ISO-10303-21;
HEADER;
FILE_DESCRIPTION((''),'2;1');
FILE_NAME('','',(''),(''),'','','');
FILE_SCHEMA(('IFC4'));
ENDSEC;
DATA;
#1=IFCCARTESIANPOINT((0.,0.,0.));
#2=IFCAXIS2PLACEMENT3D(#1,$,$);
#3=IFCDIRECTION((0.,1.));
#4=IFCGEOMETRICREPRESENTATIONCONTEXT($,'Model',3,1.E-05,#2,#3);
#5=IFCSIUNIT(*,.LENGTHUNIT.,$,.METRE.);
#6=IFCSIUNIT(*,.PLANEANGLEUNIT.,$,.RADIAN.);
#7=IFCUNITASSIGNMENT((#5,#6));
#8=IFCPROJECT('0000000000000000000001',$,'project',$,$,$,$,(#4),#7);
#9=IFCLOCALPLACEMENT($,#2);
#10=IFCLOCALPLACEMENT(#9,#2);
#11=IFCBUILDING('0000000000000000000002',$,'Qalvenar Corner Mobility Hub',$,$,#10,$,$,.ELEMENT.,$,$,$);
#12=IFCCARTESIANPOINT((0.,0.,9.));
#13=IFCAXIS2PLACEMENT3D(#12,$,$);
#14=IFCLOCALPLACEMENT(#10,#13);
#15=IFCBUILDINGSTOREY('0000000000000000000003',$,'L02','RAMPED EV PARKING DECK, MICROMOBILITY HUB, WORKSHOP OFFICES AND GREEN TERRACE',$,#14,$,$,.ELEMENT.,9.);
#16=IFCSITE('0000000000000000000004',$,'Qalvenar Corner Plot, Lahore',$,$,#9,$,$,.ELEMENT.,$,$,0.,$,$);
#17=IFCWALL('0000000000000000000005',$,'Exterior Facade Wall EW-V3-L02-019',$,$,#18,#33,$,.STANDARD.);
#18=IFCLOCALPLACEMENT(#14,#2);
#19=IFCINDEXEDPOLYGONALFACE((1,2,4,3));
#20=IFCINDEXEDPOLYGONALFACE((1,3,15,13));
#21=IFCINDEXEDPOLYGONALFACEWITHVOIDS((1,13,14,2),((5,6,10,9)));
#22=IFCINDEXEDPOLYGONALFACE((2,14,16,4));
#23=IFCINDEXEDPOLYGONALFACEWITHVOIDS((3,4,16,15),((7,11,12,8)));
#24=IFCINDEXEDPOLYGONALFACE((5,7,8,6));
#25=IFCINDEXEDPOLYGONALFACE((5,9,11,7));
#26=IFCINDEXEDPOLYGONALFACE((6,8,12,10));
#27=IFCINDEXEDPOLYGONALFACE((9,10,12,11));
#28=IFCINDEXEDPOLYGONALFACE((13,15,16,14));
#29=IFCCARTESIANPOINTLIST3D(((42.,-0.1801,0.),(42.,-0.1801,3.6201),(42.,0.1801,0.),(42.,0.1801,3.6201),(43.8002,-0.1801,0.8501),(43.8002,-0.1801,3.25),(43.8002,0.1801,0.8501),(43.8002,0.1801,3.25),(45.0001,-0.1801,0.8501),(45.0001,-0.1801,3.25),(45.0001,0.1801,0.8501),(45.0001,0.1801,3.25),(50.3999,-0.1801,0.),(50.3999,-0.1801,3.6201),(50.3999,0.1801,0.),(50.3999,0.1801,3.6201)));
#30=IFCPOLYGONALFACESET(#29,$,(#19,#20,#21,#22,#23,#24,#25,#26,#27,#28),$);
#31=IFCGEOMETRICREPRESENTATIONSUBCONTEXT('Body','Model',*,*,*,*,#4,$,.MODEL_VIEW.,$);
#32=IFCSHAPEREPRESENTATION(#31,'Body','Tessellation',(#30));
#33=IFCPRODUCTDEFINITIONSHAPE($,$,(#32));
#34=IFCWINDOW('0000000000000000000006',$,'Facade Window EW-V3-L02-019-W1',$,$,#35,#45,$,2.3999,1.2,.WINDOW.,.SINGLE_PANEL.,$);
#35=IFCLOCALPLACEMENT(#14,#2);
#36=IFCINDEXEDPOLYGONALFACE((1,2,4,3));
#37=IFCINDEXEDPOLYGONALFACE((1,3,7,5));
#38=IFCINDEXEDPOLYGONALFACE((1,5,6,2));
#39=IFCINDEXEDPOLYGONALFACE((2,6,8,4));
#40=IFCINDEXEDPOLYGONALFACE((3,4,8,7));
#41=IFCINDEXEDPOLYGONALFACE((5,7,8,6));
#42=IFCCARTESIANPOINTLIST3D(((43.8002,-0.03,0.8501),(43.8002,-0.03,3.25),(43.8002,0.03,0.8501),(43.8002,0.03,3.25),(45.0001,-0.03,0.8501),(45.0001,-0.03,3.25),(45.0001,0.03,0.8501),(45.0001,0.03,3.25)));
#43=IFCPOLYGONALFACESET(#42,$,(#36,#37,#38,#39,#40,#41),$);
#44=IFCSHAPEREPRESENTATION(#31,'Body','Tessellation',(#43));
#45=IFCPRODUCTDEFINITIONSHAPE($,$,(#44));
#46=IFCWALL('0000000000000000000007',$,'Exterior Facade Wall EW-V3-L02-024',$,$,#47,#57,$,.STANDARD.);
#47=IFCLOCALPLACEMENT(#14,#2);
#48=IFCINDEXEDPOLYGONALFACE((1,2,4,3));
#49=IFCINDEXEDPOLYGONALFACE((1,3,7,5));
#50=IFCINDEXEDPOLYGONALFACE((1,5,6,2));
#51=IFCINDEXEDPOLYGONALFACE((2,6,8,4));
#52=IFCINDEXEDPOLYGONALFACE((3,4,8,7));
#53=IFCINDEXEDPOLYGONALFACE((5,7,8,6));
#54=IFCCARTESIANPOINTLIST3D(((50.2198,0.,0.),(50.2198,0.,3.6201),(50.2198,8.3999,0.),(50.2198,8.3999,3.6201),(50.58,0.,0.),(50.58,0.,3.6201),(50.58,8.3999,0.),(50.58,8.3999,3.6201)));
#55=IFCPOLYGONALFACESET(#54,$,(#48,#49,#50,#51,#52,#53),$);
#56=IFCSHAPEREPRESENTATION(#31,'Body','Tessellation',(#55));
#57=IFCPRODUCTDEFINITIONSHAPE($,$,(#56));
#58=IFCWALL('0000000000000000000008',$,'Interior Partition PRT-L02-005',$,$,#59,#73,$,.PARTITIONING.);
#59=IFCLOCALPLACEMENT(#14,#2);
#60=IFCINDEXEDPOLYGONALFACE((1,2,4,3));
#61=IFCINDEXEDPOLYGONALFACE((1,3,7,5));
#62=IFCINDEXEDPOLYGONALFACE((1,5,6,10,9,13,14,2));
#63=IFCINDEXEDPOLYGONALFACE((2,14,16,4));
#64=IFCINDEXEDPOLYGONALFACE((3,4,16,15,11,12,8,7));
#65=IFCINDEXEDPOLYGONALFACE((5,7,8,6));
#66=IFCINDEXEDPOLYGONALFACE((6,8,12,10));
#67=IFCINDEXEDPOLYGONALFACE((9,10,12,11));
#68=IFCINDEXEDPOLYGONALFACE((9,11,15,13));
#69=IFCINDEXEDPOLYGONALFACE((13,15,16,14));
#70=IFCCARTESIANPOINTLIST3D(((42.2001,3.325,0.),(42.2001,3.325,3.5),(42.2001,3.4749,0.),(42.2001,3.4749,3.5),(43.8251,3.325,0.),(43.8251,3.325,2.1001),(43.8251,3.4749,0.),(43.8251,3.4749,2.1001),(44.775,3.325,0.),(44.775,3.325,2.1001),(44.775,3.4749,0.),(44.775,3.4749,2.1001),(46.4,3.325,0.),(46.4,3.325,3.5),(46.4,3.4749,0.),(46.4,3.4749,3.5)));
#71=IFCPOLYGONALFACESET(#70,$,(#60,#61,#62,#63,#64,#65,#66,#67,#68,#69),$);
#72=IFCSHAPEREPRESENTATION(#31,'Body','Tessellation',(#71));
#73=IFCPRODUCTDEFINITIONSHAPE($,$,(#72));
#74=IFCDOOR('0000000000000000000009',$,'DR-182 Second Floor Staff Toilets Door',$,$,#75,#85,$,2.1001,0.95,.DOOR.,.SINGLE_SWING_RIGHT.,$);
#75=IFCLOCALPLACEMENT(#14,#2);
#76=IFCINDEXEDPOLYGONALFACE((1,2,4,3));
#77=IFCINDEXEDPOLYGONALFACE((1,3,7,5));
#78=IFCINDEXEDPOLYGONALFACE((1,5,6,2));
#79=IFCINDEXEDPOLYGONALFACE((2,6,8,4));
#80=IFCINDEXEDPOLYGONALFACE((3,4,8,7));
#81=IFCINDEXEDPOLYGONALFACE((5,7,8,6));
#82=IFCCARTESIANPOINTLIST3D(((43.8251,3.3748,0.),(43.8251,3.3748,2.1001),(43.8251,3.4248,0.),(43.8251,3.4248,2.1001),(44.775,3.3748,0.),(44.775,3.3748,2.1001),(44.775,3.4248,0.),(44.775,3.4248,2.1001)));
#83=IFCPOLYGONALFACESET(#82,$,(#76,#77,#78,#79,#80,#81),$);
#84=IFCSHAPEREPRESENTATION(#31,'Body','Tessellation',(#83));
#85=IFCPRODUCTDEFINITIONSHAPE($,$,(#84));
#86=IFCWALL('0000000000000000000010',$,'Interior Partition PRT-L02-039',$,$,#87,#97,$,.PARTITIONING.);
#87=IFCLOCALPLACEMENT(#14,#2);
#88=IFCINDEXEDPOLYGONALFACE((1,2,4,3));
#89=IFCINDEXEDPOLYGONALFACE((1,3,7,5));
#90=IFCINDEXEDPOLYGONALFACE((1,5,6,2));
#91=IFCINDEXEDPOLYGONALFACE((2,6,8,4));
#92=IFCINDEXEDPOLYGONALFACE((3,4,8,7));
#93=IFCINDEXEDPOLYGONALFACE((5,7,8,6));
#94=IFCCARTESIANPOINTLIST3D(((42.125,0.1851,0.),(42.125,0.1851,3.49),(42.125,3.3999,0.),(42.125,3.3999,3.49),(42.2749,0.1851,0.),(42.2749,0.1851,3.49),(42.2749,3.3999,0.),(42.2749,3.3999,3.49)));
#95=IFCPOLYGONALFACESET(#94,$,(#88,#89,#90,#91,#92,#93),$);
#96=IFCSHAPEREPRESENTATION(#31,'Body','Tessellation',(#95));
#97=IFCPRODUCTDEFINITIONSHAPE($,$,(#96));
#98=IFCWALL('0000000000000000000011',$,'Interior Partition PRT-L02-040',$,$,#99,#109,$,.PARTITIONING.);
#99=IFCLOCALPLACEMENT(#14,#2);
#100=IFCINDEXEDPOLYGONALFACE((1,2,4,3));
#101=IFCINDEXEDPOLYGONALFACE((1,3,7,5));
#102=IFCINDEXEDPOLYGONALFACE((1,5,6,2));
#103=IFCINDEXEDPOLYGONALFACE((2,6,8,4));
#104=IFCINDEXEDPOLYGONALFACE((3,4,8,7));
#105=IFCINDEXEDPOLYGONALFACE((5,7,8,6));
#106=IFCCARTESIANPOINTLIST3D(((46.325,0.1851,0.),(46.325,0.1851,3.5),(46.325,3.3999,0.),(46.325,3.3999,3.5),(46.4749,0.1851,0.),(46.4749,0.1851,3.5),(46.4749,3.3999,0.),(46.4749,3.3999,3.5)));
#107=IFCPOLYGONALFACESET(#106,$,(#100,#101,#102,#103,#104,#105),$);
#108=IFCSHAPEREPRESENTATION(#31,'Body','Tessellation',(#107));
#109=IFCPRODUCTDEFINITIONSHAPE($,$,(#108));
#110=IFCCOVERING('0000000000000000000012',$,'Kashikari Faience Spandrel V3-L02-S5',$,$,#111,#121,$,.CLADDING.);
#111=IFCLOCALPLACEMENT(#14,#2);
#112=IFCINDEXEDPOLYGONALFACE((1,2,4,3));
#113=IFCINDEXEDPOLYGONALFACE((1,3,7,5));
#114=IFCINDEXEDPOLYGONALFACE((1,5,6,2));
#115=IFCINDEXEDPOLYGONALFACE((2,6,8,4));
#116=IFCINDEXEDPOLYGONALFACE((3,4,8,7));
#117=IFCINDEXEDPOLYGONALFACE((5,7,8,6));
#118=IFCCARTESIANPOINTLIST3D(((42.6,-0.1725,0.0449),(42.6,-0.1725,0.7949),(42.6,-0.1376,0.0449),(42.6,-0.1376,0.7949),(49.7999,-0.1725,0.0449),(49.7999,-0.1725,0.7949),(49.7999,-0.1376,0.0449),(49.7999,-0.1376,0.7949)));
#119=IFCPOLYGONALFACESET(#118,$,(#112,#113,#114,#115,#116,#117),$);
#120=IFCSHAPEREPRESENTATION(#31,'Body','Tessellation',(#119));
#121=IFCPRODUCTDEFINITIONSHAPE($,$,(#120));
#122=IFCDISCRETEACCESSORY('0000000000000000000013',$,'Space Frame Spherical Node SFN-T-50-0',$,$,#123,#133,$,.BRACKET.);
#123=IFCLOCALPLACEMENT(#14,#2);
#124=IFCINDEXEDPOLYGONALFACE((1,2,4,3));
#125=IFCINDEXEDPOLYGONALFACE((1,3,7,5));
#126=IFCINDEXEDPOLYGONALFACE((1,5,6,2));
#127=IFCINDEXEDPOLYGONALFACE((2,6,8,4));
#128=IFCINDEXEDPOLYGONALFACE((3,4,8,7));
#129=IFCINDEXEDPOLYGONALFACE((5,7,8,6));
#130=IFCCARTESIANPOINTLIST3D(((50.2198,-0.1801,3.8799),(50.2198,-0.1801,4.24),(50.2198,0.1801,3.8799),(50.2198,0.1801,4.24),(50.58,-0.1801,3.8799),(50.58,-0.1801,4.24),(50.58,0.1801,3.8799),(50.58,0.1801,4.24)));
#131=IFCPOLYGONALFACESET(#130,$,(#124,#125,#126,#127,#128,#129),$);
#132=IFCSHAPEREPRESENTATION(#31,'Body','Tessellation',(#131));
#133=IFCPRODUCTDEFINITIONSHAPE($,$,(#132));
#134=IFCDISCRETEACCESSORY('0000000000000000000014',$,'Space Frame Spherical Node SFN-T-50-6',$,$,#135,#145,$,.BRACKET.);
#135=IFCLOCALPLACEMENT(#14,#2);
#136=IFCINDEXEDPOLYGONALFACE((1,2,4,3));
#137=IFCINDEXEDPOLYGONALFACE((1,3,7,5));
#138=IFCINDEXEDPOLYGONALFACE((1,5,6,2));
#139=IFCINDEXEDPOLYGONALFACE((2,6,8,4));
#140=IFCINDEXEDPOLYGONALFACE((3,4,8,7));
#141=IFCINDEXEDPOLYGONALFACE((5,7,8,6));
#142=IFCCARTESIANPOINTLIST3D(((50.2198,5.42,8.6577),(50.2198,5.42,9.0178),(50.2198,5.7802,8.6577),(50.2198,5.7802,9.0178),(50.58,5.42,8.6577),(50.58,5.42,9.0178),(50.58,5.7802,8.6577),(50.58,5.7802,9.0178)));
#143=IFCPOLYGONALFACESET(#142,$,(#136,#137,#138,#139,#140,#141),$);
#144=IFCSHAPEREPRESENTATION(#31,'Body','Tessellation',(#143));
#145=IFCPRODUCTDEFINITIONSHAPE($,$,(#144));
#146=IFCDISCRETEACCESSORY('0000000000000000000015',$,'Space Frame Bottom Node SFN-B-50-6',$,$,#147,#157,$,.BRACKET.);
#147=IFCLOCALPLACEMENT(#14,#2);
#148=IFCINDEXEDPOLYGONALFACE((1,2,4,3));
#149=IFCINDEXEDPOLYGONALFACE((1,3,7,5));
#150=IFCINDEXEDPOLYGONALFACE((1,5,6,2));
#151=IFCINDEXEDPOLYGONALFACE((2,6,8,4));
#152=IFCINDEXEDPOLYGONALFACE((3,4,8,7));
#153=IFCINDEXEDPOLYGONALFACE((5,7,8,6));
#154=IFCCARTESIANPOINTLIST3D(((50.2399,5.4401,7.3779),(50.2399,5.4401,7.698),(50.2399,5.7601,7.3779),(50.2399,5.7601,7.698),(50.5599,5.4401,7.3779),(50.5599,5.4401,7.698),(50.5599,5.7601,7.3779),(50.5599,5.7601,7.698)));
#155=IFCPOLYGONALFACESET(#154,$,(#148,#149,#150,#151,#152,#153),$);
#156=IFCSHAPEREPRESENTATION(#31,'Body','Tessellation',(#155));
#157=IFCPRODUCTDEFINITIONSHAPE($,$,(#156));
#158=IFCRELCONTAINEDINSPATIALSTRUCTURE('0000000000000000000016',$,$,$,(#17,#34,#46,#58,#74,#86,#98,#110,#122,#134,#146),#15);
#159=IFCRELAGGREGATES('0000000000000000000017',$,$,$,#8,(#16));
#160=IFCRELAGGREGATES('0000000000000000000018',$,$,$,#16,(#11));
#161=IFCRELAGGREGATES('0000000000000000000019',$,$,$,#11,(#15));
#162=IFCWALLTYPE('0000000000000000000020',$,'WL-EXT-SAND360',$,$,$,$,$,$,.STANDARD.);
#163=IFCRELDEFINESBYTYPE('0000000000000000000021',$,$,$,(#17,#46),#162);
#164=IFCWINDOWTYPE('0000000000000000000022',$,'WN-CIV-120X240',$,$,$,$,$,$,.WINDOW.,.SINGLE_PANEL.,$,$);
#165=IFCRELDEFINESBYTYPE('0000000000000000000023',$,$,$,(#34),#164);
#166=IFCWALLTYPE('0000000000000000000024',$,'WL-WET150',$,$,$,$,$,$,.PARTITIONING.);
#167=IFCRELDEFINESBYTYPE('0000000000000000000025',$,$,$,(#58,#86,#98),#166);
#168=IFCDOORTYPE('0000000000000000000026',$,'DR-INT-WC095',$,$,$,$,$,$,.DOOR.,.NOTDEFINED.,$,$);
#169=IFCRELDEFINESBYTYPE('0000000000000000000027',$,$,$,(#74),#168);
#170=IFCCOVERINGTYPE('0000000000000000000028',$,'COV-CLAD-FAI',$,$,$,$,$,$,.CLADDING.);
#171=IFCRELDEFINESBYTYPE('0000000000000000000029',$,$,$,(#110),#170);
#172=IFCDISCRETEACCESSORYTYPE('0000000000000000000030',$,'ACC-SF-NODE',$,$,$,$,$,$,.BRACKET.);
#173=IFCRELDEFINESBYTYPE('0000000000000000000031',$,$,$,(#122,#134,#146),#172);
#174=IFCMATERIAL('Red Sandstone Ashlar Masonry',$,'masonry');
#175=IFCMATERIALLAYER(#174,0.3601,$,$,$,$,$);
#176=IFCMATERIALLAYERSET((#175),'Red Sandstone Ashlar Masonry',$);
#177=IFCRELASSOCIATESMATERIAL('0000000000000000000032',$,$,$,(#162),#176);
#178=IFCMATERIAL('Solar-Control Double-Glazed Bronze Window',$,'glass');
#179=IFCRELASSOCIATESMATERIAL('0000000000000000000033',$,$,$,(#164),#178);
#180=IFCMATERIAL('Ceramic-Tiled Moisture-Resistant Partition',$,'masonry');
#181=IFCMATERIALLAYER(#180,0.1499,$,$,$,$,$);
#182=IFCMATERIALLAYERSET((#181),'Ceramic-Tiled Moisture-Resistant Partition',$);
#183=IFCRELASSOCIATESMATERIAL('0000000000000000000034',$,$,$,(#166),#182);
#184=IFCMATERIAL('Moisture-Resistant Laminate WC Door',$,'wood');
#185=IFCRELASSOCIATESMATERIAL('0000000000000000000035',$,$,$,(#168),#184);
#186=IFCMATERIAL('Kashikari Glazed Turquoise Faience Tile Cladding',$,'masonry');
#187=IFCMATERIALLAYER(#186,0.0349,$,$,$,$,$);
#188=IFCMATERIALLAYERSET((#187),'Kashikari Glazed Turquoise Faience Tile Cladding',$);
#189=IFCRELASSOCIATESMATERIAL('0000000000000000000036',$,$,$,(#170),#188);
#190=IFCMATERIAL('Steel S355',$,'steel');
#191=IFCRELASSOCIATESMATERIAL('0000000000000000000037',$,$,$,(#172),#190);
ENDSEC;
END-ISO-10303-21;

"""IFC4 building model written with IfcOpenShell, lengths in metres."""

from ifc_helpers import new_model, si_unit, direction, frame, frame_2d, origin, origin_2d, place, context, subcontext, project, spatial, rectangle, extrude, material, layer, layer_set, type_object, element, fill, save


model = new_model("IFC4")

# Units and contexts
model_context = context("Model", 3, precision=1e-05, world=origin(), true_north=direction((0.0, 1.0)))
body_context = subcontext(model_context, "Body", "Model", "MODEL_VIEW")
ifc_project = project(units=[si_unit("LENGTHUNIT", "METRE"), si_unit("PLANEANGLEUNIT", "RADIAN")], contexts=[model_context])

# Site, building, storey
site_placement = place(None, origin())
site = spatial("IfcSite", under=ifc_project, at=site_placement, Name="Qalvenar Corner Plot, Lahore", CompositionType="ELEMENT", RefElevation=0.0)
building_placement = place(site_placement, origin())
building = spatial("IfcBuilding", under=site, at=building_placement, Name="Qalvenar Corner Mobility Hub", CompositionType="ELEMENT")
storey_placement = place(building_placement, frame((0.0, 0.0, 9.0)))
storey = spatial("IfcBuildingStorey", under=building, at=storey_placement, Name="L02", Description="RAMPED EV PARKING DECK, MICROMOBILITY HUB, WORKSHOP OFFICES AND GREEN TERRACE", CompositionType="ELEMENT", Elevation=9.0)

# Shared definitions
ifc_material_1 = material(Name="Steel S355", Category="steel")

# Wall, opening, window
ifc_material_2 = material(Name="Red Sandstone Ashlar Masonry", Category="masonry")
ifc_layer_1 = layer(ifc_material_2, 0.3601)
ifc_layer_set_1 = layer_set([ifc_layer_1], Name="Red Sandstone Ashlar Masonry")
wall_type_1 = type_object("IfcWallType", Name="WL-EXT-SAND360", PredefinedType="STANDARD", material=ifc_layer_set_1)
wall_1_placement = place(storey_placement, frame((42.0, 0.0, 0.0), z_axis=(0.0, 0.0, 1.0), x_axis=(1.0, 0.0, 0.0)))
wall_1 = element("IfcWall", 1, at=wall_1_placement, inside=storey, type_object=wall_type_1, Name="Exterior Facade Wall EW-V3-L02-019", PredefinedType="STANDARD", context=body_context, shape_type="SweptSolid", body=[
    extrude(rectangle(XDim=8.3999, YDim=0.3601, at=frame_2d((4.2, 0.0))), origin(), (0.0, 0.0, 1.0), 3.6201),
])
opening_1_placement = place(wall_1_placement, frame((1.8, 0.0, 0.8501)))
opening_1 = element("IfcOpeningElement", 2, at=opening_1_placement, cuts=wall_1, PredefinedType="OPENING", context=body_context, shape_type="SweptSolid", body=[
    extrude(rectangle(XDim=1.2, YDim=2.3999, at=frame_2d((0.6001, 1.2))), frame((0.0, 0.1899, 0.0), z_axis=(0.0, -1.0, 0.0), x_axis=(1.0, 0.0, 0.0)), (0.0, 0.0, 1.0), 0.3801),
])
ifc_material_3 = material(Name="Solar-Control Double-Glazed Bronze Window", Category="glass")
window_type = type_object("IfcWindowType", Name="WN-CIV-120X240", PartitioningType="SINGLE_PANEL", PredefinedType="WINDOW", material=ifc_material_3)
window_placement = place(opening_1_placement, origin())
window = element("IfcWindow", 3, at=window_placement, inside=storey, type_object=window_type, Name="Facade Window EW-V3-L02-019-W1", OverallHeight=2.3999, OverallWidth=1.2, PartitioningType="SINGLE_PANEL", PredefinedType="WINDOW", context=body_context, shape_type="SweptSolid", body=[
    extrude(rectangle(XDim=1.2, YDim=2.3999, at=frame_2d((0.6001, 1.2))), frame((0.0, 0.03, 0.0), z_axis=(0.0, -1.0, 0.0), x_axis=(1.0, 0.0, 0.0)), (0.0, 0.0, 1.0), 0.0601),
])
fill(opening_1, window)

# Wall
wall_2_placement = place(storey_placement, frame((50.3999, 0.0, 0.0), z_axis=(0.0, 0.0, 1.0), x_axis=(0.0, 1.0, 0.0)))
element("IfcWall", 4, at=wall_2_placement, inside=storey, type_object=wall_type_1, Name="Exterior Facade Wall EW-V3-L02-024", PredefinedType="STANDARD", context=body_context, shape_type="SweptSolid", body=[
    extrude(rectangle(XDim=8.3999, YDim=0.3601, at=frame_2d((4.2, 0.0))), origin(), (0.0, 0.0, 1.0), 3.6201),
])

# Wall, opening, door
ifc_material_4 = material(Name="Ceramic-Tiled Moisture-Resistant Partition", Category="masonry")
ifc_layer_2 = layer(ifc_material_4, 0.1499)
ifc_layer_set_2 = layer_set([ifc_layer_2], Name="Ceramic-Tiled Moisture-Resistant Partition")
wall_type_2 = type_object("IfcWallType", Name="WL-WET150", PredefinedType="PARTITIONING", material=ifc_layer_set_2)
wall_3_placement = place(storey_placement, frame((42.2, 3.3999, 0.0), z_axis=(0.0, 0.0, 1.0), x_axis=(1.0, 0.0, 0.0)))
wall_3 = element("IfcWall", 5, at=wall_3_placement, inside=storey, type_object=wall_type_2, Name="Interior Partition PRT-L02-005", PredefinedType="PARTITIONING", context=body_context, shape_type="SweptSolid", body=[
    extrude(rectangle(XDim=4.2, YDim=0.1499, at=frame_2d((2.1001, 0.0))), origin(), (0.0, 0.0, 1.0), 3.5),
])
opening_2_placement = place(wall_3_placement, frame((1.625, 0.0, 0.0)))
opening_2 = element("IfcOpeningElement", 6, at=opening_2_placement, cuts=wall_3, PredefinedType="OPENING", context=body_context, shape_type="SweptSolid", body=[
    extrude(rectangle(XDim=0.95, YDim=2.1001, at=frame_2d((0.4751, 1.05))), frame((0.0, 0.085, 0.0), z_axis=(0.0, -1.0, 0.0), x_axis=(1.0, 0.0, 0.0)), (0.0, 0.0, 1.0), 0.1699),
])
ifc_material_5 = material(Name="Moisture-Resistant Laminate WC Door", Category="wood")
door_type_1 = type_object("IfcDoorType", Name="DR-INT-WC095", OperationType="NOTDEFINED", PredefinedType="DOOR", material=ifc_material_5)
door_1_placement = place(opening_2_placement, origin())
door_1 = element("IfcDoor", 7, at=door_1_placement, inside=storey, type_object=door_type_1, Name="DR-182 Second Floor Staff Toilets Door", OperationType="SINGLE_SWING_RIGHT", OverallHeight=2.1001, OverallWidth=0.95, PredefinedType="DOOR", context=body_context, shape_type="SweptSolid", body=[
    extrude(rectangle(XDim=0.95, YDim=2.1001, at=frame_2d((0.4751, 1.05))), frame((0.0, 0.0249, 0.0), z_axis=(0.0, -1.0, 0.0), x_axis=(1.0, 0.0, 0.0)), (0.0, 0.0, 1.0), 0.05),
])
fill(opening_2, door_1)

# Walls
wall_4_placement = place(storey_placement, frame((42.2, 0.1851, 0.0), z_axis=(0.0, 0.0, 1.0), x_axis=(0.0, 1.0, 0.0)))
element("IfcWall", 8, at=wall_4_placement, inside=storey, type_object=wall_type_2, Name="Interior Partition PRT-L02-039", PredefinedType="PARTITIONING", context=body_context, shape_type="SweptSolid", body=[
    extrude(rectangle(XDim=3.2148, YDim=0.1499, at=frame_2d((1.6074, 0.0))), origin(), (0.0, 0.0, 1.0), 3.49),
])
wall_5_placement = place(storey_placement, frame((46.3999, 0.1851, 0.0), z_axis=(0.0, 0.0, 1.0), x_axis=(0.0, 1.0, 0.0)))
element("IfcWall", 9, at=wall_5_placement, inside=storey, type_object=wall_type_2, Name="Interior Partition PRT-L02-040", PredefinedType="PARTITIONING", context=body_context, shape_type="SweptSolid", body=[
    extrude(rectangle(XDim=3.2148, YDim=0.1499, at=frame_2d((1.6074, 0.0))), origin(), (0.0, 0.0, 1.0), 3.5),
])

# Covering
ifc_material_6 = material(Name="Kashikari Glazed Turquoise Faience Tile Cladding", Category="masonry")
ifc_layer_3 = layer(ifc_material_6, 0.0349)
ifc_layer_set_3 = layer_set([ifc_layer_3], Name="Kashikari Glazed Turquoise Faience Tile Cladding")
covering_type = type_object("IfcCoveringType", Name="COV-CLAD-FAI", PredefinedType="CLADDING", material=ifc_layer_set_3)
covering_placement = place(storey_placement, frame((46.2, -0.155, 0.0449), z_axis=(0.0, 0.0, 1.0), x_axis=(1.0, 0.0, 0.0)))
element("IfcCovering", 10, at=covering_placement, inside=storey, type_object=covering_type, Name="Kashikari Faience Spandrel V3-L02-S5", PredefinedType="CLADDING", context=body_context, shape_type="SweptSolid", body=[
    extrude(rectangle(XDim=7.2, YDim=0.0349, at=origin_2d()), origin(), (0.0, 0.0, 1.0), 0.75),
])

# Discrete accessories
discrete_accessory_type = type_object("IfcDiscreteAccessoryType", Name="ACC-SF-NODE", PredefinedType="BRACKET", material=ifc_material_1)
for number, where, z_axis, x_axis, name in (
    (11, (50.3999, 0.0, 3.8799), (0.0, 0.0, 1.0), (1.0, 0.0, 0.0), "Space Frame Spherical Node SFN-T-50-0"),
    (12, (50.3999, 5.6001, 8.6577), (0.0, 0.0, 1.0), (1.0, 0.0, 0.0), "Space Frame Spherical Node SFN-T-50-6"),
):
    element("IfcDiscreteAccessory", number, at=place(storey_placement, frame(where, z_axis=z_axis, x_axis=x_axis)), inside=storey, type_object=discrete_accessory_type, Name=name, PredefinedType="BRACKET", context=body_context, shape_type="SweptSolid", body=[
        extrude(rectangle(XDim=0.3601, YDim=0.3601, at=origin_2d()), origin(), (0.0, 0.0, 1.0), 0.3601),
    ])
discrete_accessory_placement = place(storey_placement, frame((50.3999, 5.6001, 7.3779), z_axis=(0.0, 0.0, 1.0), x_axis=(1.0, 0.0, 0.0)))
element("IfcDiscreteAccessory", 13, at=discrete_accessory_placement, inside=storey, type_object=discrete_accessory_type, Name="Space Frame Bottom Node SFN-B-50-6", PredefinedType="BRACKET", context=body_context, shape_type="SweptSolid", body=[
    extrude(rectangle(XDim=0.3201, YDim=0.3201, at=origin_2d()), origin(), (0.0, 0.0, 1.0), 0.3201),
])

save(model, "model.ifc")
